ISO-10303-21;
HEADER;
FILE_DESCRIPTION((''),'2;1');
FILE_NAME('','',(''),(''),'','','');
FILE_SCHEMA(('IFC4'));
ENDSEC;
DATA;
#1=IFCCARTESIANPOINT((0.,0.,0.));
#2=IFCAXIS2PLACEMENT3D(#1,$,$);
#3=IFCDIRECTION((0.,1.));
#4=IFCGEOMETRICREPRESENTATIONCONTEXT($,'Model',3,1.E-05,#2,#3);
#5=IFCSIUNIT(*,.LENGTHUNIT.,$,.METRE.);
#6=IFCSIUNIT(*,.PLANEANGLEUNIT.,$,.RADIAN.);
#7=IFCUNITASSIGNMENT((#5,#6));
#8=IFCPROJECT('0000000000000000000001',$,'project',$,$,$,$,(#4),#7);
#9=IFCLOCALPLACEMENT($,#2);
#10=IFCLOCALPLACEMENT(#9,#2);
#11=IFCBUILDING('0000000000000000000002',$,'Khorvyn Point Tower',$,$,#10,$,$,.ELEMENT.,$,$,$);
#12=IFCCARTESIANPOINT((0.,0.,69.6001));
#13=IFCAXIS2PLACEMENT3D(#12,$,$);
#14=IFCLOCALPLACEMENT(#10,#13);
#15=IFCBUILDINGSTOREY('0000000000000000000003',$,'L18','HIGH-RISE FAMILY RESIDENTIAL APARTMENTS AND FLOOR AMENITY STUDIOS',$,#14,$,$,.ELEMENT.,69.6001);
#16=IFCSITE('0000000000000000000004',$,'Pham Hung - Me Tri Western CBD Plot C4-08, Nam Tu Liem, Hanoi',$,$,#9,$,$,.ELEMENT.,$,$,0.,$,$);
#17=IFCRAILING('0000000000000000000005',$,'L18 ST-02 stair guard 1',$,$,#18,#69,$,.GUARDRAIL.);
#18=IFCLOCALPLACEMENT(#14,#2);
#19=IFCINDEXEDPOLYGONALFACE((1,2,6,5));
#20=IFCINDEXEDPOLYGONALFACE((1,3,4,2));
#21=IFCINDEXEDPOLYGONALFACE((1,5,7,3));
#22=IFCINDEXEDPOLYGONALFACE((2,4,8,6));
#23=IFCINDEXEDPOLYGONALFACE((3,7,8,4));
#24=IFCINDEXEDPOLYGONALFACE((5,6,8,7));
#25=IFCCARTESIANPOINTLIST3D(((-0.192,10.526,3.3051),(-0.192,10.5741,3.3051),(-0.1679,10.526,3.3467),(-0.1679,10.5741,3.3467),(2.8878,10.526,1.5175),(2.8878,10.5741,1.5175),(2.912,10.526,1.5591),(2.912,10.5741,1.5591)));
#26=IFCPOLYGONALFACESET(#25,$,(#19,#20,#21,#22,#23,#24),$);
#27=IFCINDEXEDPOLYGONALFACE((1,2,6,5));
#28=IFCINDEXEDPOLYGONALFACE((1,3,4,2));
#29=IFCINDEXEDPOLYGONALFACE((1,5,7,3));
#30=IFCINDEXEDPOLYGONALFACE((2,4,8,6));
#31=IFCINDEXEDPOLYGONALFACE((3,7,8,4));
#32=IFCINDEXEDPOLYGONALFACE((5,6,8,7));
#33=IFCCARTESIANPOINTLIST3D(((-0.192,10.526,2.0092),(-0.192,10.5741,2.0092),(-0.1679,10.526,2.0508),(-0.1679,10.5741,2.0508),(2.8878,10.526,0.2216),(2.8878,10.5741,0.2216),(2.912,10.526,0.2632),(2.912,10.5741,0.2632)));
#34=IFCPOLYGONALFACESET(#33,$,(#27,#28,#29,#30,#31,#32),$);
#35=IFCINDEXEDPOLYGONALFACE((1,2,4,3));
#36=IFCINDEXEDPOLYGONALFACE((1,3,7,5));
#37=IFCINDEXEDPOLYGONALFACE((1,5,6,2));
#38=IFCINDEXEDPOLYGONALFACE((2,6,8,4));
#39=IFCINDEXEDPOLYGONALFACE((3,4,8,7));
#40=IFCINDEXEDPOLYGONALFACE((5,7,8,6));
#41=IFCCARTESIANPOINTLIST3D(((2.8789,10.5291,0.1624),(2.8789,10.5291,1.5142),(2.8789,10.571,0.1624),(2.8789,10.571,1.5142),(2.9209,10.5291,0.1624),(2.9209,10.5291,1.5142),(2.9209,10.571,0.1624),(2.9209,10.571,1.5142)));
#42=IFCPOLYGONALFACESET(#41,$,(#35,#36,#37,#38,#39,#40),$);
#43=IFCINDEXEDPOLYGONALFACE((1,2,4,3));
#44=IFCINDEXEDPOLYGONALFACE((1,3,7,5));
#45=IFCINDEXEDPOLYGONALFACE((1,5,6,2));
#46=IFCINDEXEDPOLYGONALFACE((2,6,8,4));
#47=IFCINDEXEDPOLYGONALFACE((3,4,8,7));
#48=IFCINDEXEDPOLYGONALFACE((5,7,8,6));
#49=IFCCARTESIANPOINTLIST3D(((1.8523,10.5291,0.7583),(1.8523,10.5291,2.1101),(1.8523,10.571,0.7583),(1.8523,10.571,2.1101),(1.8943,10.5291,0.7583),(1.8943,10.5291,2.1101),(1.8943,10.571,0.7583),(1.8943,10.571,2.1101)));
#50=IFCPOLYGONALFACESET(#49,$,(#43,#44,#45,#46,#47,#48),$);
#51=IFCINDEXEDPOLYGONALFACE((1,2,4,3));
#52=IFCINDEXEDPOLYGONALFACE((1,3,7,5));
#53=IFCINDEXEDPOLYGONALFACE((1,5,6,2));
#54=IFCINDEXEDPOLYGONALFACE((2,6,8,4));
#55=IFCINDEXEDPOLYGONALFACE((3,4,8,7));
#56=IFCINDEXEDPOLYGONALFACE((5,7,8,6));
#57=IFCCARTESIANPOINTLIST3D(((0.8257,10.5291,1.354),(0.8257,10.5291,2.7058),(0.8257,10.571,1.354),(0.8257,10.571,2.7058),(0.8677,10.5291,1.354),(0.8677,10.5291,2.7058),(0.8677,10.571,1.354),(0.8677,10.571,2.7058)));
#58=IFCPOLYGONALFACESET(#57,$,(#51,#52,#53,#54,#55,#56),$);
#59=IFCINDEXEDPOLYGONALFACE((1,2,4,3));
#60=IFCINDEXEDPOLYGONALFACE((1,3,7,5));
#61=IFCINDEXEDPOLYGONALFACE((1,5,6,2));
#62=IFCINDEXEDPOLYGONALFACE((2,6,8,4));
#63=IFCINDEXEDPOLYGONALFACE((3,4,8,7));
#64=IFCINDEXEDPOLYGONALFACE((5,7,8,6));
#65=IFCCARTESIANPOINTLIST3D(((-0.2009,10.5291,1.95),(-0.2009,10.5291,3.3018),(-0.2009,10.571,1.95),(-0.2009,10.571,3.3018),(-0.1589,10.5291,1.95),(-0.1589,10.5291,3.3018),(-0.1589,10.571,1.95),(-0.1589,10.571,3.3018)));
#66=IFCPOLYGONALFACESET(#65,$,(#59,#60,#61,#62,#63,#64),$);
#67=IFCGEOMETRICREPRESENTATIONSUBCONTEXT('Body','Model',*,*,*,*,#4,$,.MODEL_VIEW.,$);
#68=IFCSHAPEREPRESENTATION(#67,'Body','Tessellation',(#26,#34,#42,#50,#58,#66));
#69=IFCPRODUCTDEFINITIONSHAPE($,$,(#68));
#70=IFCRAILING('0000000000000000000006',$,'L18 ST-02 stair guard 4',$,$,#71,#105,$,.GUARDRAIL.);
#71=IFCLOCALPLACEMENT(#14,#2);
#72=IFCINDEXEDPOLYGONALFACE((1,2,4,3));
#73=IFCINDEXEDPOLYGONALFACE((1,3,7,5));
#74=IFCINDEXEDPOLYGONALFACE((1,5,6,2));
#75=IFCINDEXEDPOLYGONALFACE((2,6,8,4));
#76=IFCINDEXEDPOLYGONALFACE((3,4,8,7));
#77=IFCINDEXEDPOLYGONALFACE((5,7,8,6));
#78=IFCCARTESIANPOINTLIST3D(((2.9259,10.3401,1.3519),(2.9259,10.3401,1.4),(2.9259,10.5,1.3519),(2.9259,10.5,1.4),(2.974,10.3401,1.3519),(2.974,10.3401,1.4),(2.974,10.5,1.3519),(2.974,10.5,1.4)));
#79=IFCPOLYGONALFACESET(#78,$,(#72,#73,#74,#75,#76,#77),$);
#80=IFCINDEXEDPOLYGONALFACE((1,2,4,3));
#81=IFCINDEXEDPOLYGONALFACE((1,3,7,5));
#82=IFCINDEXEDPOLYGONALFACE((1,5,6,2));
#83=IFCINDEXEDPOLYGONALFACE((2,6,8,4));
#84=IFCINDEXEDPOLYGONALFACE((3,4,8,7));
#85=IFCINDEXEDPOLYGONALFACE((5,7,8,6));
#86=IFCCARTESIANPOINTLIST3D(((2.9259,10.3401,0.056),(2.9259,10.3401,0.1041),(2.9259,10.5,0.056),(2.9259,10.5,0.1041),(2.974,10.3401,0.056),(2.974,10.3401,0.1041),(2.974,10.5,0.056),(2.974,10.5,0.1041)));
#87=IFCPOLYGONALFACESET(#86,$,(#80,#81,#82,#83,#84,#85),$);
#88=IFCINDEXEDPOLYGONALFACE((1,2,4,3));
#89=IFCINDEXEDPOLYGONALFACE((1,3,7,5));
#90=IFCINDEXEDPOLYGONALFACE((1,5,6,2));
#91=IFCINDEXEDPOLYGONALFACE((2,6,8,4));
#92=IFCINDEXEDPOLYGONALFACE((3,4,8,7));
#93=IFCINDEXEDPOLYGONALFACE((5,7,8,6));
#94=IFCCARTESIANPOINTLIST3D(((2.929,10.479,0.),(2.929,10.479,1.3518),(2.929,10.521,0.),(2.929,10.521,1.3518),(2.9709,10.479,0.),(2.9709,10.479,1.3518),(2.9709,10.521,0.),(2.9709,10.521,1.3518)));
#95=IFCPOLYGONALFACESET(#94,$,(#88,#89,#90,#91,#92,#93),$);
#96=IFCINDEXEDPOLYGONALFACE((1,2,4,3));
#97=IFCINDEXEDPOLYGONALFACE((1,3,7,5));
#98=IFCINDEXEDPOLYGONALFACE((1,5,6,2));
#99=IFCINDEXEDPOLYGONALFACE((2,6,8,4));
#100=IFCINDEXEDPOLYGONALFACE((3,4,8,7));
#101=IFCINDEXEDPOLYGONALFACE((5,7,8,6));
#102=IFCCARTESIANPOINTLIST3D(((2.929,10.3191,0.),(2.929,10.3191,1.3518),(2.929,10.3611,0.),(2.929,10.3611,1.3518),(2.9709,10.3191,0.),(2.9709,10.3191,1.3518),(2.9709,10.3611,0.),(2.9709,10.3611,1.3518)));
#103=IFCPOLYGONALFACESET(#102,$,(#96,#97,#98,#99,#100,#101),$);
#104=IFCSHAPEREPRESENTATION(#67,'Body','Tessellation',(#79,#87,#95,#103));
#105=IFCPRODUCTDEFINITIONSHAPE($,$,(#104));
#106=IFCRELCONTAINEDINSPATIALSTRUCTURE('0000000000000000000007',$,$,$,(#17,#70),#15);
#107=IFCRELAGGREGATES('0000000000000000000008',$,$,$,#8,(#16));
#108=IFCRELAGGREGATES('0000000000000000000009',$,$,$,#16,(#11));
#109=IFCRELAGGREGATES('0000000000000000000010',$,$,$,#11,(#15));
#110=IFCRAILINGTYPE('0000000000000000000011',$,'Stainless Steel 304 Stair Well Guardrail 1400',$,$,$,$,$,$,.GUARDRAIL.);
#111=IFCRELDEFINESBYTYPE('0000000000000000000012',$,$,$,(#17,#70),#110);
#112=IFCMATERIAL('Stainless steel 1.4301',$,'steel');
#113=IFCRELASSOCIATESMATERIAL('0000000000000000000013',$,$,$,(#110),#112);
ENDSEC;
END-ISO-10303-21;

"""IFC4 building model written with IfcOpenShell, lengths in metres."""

from ifc_helpers import new_model, si_unit, direction, frame, origin, origin_2d, place, context, subcontext, project, spatial, rectangle, extrude, material, type_object, element, save


model = new_model("IFC4")

# Units and contexts
model_context = context("Model", 3, precision=1e-05, world=origin(), true_north=direction((0.0, 1.0)))
body_context = subcontext(model_context, "Body", "Model", "MODEL_VIEW")
ifc_project = project(units=[si_unit("LENGTHUNIT", "METRE"), si_unit("PLANEANGLEUNIT", "RADIAN")], contexts=[model_context])

# Site, building, storey
site_placement = place(None, origin())
site = spatial("IfcSite", under=ifc_project, at=site_placement, Name="Pham Hung - Me Tri Western CBD Plot C4-08, Nam Tu Liem, Hanoi", CompositionType="ELEMENT", RefElevation=0.0)
building_placement = place(site_placement, origin())
building = spatial("IfcBuilding", under=site, at=building_placement, Name="Khorvyn Point Tower", CompositionType="ELEMENT")
storey_placement = place(building_placement, frame((0.0, 0.0, 69.6001)))
storey = spatial("IfcBuildingStorey", under=building, at=storey_placement, Name="L18", Description="HIGH-RISE FAMILY RESIDENTIAL APARTMENTS AND FLOOR AMENITY STUDIOS", CompositionType="ELEMENT", Elevation=69.6001)

# Shared definitions
ifc_material_1 = material(Name="Stainless steel 1.4301", Category="steel")

# Railings
railing_type = type_object("IfcRailingType", Name="Stainless Steel 304 Stair Well Guardrail 1400", PredefinedType="GUARDRAIL", material=ifc_material_1)
railing_1_placement = place(storey_placement, frame((2.8999, 10.55, 0.1624)))
element("IfcRailing", 1, at=railing_1_placement, inside=storey, type_object=railing_type, Name="L18 ST-02 stair guard 1", PredefinedType="GUARDRAIL", context=body_context, shape_type="SweptSolid", body=[
    extrude(rectangle(XDim=0.0481, YDim=0.0481, at=origin_2d()), frame((0.0, 0.0, 1.376), z_axis=(-0.864873, 0.0, 0.50199), x_axis=(0.0, -1.0, 0.0)), (0.0, 0.0, 1.0), 3.561),
    extrude(rectangle(XDim=0.0481, YDim=0.0481, at=origin_2d()), frame((0.0, 0.0, 0.0801), z_axis=(-0.864873, 0.0, 0.50199), x_axis=(0.0, -1.0, 0.0)), (0.0, 0.0, 1.0), 3.561),
    extrude(rectangle(XDim=0.042, YDim=0.042, at=origin_2d()), origin(), (0.0, 0.0, 1.0), 1.3518),
    extrude(rectangle(XDim=0.042, YDim=0.042, at=origin_2d()), frame((-1.0266, 0.0, 0.5959)), (0.0, 0.0, 1.0), 1.3518),
    extrude(rectangle(XDim=0.042, YDim=0.042, at=origin_2d()), frame((-2.0532, 0.0, 1.1917)), (0.0, 0.0, 1.0), 1.3518),
    extrude(rectangle(XDim=0.042, YDim=0.042, at=origin_2d()), frame((-3.0798, 0.0, 1.7876)), (0.0, 0.0, 1.0), 1.3518),
])
railing_2_placement = place(storey_placement, frame((2.95, 10.5, 0.0)))
element("IfcRailing", 2, at=railing_2_placement, inside=storey, type_object=railing_type, Name="L18 ST-02 stair guard 4", PredefinedType="GUARDRAIL", context=body_context, shape_type="SweptSolid", body=[
    extrude(rectangle(XDim=0.0481, YDim=0.0481, at=origin_2d()), frame((0.0, 0.0, 1.376), z_axis=(0.0, -1.0, 0.0), x_axis=(1.0, 0.0, 0.0)), (0.0, 0.0, 1.0), 0.1599),
    extrude(rectangle(XDim=0.0481, YDim=0.0481, at=origin_2d()), frame((0.0, 0.0, 0.0801), z_axis=(0.0, -1.0, 0.0), x_axis=(1.0, 0.0, 0.0)), (0.0, 0.0, 1.0), 0.1599),
    extrude(rectangle(XDim=0.042, YDim=0.042, at=origin_2d()), origin(), (0.0, 0.0, 1.0), 1.3518),
    extrude(rectangle(XDim=0.042, YDim=0.042, at=origin_2d()), frame((0.0, -0.1599, 0.0)), (0.0, 0.0, 1.0), 1.3518),
])

save(model, "model.ifc")
